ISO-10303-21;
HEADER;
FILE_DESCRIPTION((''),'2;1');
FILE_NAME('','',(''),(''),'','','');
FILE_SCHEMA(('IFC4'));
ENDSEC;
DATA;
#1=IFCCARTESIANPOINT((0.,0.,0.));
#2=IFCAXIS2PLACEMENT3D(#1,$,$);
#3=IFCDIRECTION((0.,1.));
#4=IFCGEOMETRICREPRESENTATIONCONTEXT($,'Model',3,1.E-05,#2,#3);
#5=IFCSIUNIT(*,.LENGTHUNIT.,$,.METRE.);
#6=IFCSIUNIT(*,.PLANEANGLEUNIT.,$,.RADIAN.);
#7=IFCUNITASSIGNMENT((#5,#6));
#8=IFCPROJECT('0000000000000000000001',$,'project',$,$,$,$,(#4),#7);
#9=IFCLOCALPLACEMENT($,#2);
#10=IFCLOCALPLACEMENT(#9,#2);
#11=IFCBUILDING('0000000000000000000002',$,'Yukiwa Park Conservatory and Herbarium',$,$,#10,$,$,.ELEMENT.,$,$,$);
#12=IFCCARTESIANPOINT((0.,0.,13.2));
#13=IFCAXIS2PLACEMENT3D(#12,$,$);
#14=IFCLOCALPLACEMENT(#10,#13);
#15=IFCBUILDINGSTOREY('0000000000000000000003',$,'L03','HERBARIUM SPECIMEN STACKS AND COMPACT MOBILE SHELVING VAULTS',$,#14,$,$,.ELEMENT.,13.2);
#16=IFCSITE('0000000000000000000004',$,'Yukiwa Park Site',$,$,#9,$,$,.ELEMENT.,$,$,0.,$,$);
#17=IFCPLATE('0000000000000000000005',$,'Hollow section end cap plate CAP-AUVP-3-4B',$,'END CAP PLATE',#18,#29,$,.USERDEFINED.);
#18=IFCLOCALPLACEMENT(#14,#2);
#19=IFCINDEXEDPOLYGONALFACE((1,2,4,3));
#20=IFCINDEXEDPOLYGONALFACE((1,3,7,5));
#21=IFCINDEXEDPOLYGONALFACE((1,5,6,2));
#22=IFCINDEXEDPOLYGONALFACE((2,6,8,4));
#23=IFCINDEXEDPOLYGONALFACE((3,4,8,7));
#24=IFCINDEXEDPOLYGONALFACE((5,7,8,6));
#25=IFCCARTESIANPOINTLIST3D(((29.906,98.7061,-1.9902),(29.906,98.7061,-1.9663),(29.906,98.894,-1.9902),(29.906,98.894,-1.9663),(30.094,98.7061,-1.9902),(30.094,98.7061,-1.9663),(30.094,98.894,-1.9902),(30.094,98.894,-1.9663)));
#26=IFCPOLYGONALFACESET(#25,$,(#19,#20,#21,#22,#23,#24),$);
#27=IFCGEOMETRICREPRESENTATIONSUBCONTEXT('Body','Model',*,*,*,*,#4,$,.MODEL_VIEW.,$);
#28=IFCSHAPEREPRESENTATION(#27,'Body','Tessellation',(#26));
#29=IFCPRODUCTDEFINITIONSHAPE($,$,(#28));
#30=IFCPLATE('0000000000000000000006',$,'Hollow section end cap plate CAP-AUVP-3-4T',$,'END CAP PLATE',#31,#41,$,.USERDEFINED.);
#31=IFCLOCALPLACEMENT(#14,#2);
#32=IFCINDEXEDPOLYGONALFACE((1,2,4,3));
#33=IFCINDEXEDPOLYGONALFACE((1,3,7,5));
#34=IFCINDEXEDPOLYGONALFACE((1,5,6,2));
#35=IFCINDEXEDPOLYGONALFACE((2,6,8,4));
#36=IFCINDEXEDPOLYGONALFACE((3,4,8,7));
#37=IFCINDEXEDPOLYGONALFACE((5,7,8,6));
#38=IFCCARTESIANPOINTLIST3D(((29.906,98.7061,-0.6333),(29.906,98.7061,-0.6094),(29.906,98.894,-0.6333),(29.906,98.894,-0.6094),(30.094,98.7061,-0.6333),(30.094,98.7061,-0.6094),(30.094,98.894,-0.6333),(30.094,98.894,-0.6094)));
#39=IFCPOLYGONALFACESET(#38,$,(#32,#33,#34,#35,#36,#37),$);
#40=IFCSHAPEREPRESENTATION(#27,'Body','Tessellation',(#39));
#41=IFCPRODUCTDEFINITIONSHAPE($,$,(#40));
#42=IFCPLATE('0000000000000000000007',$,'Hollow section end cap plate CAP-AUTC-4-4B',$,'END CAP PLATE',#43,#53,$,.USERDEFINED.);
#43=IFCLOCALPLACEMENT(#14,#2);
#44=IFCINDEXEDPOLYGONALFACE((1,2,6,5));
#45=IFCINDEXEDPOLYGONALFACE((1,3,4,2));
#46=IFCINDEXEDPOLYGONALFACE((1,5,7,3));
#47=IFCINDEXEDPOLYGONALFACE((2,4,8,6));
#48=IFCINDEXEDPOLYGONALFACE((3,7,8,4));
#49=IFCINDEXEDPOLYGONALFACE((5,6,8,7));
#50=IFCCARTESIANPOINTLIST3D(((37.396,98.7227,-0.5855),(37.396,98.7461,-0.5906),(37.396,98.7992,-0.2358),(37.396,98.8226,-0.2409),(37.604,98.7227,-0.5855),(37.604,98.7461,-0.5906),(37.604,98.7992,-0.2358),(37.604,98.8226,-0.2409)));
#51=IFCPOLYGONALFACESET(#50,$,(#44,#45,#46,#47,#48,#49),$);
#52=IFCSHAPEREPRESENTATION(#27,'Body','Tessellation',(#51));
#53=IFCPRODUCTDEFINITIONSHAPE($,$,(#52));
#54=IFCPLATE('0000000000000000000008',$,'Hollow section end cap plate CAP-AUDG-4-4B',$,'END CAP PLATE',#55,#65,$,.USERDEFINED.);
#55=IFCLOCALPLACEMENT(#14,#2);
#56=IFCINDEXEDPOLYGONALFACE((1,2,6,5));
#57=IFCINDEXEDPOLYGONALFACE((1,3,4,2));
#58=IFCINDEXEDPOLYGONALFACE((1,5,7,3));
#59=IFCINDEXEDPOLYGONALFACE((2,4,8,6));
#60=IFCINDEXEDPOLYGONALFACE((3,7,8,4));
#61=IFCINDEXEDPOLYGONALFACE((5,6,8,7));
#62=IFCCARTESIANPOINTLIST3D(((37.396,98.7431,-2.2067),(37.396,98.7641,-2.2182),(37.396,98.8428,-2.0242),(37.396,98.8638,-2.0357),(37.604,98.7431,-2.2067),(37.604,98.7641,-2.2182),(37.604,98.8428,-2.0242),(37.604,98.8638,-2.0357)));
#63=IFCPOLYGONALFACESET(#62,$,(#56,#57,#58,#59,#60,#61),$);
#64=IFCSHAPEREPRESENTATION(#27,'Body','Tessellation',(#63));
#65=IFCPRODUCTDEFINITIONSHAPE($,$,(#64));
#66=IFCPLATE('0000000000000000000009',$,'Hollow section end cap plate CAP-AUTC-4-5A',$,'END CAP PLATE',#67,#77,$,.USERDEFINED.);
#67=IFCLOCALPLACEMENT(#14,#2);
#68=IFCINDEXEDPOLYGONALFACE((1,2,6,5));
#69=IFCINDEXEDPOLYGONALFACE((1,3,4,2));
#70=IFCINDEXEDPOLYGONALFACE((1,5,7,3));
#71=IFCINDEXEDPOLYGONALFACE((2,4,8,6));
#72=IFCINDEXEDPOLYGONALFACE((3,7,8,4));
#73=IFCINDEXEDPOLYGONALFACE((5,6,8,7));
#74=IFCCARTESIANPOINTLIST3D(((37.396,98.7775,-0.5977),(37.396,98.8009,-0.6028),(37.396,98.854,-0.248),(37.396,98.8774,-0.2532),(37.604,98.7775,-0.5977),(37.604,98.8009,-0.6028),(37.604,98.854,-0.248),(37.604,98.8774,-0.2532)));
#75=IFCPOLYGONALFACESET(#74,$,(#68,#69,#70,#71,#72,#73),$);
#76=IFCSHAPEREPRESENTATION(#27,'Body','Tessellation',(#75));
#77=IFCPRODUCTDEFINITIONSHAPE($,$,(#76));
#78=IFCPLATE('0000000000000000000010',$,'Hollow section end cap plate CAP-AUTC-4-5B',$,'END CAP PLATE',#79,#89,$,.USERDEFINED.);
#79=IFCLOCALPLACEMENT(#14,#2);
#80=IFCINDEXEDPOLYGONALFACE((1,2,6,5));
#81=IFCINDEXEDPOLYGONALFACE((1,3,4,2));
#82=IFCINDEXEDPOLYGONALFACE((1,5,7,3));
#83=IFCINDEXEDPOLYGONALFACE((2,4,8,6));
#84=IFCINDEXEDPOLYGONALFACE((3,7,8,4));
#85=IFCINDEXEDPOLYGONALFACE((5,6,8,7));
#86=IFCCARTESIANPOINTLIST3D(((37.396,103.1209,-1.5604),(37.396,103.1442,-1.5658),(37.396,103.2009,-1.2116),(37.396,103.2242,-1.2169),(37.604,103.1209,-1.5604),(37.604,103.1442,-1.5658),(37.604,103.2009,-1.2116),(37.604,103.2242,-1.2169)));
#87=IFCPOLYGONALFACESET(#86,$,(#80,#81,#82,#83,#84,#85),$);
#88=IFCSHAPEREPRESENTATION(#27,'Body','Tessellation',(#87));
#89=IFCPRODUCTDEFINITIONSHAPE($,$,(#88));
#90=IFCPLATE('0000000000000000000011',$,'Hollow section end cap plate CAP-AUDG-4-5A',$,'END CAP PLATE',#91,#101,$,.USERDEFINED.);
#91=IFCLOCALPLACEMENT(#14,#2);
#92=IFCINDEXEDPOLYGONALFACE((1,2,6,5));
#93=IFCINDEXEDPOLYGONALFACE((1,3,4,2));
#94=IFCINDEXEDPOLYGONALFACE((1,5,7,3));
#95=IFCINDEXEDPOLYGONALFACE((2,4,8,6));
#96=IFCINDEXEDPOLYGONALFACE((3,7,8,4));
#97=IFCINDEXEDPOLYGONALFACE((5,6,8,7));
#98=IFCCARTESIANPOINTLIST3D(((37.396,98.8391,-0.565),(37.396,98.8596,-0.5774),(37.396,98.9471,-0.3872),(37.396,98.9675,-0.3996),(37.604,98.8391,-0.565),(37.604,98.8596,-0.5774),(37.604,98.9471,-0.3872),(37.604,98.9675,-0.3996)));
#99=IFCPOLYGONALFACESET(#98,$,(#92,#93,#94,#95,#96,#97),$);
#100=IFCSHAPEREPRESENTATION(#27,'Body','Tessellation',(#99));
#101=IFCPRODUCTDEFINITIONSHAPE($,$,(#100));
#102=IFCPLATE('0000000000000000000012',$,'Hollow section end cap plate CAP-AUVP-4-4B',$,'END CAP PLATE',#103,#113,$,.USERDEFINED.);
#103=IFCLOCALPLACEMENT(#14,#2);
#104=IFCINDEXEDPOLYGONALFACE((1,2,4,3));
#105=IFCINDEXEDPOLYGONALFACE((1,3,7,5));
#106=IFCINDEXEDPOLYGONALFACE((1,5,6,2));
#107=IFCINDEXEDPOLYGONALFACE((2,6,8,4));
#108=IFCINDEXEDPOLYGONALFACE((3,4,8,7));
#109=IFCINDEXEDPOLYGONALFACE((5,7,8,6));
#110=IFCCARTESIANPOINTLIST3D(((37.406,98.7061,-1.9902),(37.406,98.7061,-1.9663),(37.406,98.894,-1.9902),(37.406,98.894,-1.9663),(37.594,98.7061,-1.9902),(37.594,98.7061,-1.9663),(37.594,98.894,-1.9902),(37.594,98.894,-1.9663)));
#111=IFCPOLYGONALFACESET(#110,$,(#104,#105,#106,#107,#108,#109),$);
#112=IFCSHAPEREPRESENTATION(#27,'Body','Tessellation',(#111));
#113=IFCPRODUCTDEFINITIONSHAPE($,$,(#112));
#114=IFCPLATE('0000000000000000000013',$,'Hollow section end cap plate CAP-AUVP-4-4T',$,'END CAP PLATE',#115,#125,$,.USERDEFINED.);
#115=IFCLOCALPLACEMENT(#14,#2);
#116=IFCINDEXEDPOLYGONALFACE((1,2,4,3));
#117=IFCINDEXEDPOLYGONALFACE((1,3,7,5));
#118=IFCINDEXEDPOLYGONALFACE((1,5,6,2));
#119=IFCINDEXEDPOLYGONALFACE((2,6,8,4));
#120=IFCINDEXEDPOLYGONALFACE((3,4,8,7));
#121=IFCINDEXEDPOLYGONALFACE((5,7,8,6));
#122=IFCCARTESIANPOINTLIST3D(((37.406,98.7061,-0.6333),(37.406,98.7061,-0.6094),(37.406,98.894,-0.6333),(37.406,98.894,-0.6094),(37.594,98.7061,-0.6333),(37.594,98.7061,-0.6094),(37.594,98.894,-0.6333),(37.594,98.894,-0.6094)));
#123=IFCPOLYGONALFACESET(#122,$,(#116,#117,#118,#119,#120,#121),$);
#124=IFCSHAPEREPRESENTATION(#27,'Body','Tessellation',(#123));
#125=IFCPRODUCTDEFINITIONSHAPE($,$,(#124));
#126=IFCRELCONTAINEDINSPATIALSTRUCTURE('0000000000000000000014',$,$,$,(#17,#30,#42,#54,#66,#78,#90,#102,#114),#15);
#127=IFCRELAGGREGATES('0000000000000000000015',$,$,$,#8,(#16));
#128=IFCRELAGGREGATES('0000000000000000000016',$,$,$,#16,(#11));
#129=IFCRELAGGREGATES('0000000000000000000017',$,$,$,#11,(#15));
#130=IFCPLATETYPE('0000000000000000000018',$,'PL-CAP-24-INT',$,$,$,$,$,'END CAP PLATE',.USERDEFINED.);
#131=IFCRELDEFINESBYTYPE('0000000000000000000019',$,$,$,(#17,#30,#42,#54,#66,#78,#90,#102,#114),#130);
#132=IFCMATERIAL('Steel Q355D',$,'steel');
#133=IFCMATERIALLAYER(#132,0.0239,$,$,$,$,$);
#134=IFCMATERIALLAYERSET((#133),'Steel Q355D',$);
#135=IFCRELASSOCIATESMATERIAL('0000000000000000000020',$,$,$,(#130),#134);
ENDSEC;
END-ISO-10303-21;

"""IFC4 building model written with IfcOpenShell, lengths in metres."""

from ifc_helpers import new_model, si_unit, direction, frame, origin, origin_2d, place, context, subcontext, project, spatial, rectangle, extrude, material, layer, layer_set, type_object, element, save


model = new_model("IFC4")

# Units and contexts
model_context = context("Model", 3, precision=1e-05, world=origin(), true_north=direction((0.0, 1.0)))
body_context = subcontext(model_context, "Body", "Model", "MODEL_VIEW")
ifc_project = project(units=[si_unit("LENGTHUNIT", "METRE"), si_unit("PLANEANGLEUNIT", "RADIAN")], contexts=[model_context])

# Site, building, storey
site_placement = place(None, origin())
site = spatial("IfcSite", under=ifc_project, at=site_placement, Name="Yukiwa Park Site", CompositionType="ELEMENT", RefElevation=0.0)
building_placement = place(site_placement, origin())
building = spatial("IfcBuilding", under=site, at=building_placement, Name="Yukiwa Park Conservatory and Herbarium", CompositionType="ELEMENT")
storey_placement = place(building_placement, frame((0.0, 0.0, 13.2)))
storey = spatial("IfcBuildingStorey", under=building, at=storey_placement, Name="L03", Description="HERBARIUM SPECIMEN STACKS AND COMPACT MOBILE SHELVING VAULTS", CompositionType="ELEMENT", Elevation=13.2)

# Plates
ifc_material_1 = material(Name="Steel Q355D", Category="steel")
ifc_layer = layer(ifc_material_1, 0.0239)
ifc_layer_set = layer_set([ifc_layer], Name="Steel Q355D")
plate_type = type_object("IfcPlateType", Name="PL-CAP-24-INT", ElementType="END CAP PLATE", PredefinedType="USERDEFINED", material=ifc_layer_set)
for number, where, z_axis, x_axis, name in (
    (1, (30.0, 98.8, -1.9663), (0.0, 0.0, -1.0), (1.0, 0.0, 0.0), "Hollow section end cap plate CAP-AUVP-3-4B"),
    (2, (30.0, 98.8, -0.6333), (0.0, 0.0, 1.0), (1.0, 0.0, 0.0), "Hollow section end cap plate CAP-AUVP-3-4T"),
):
    element("IfcPlate", number, at=place(storey_placement, frame(where, z_axis=z_axis, x_axis=x_axis)), inside=storey, type_object=plate_type, Name=name, ObjectType="END CAP PLATE", PredefinedType="USERDEFINED", context=body_context, shape_type="SweptSolid", body=[
        extrude(rectangle(XDim=0.188, YDim=0.188, at=origin_2d()), origin(), (0.0, 0.0, 1.0), 0.0239),
    ])
plate_1_placement = place(storey_placement, frame((37.5, 98.761, -0.4106), z_axis=(0.0, 0.9769, -0.213697), x_axis=(-1.0, 0.0, 0.0)))
element("IfcPlate", 3, at=plate_1_placement, inside=storey, type_object=plate_type, Name="Hollow section end cap plate CAP-AUTC-4-4B", ObjectType="END CAP PLATE", PredefinedType="USERDEFINED", context=body_context, shape_type="SweptSolid", body=[
    extrude(rectangle(XDim=0.208, YDim=0.3579, at=origin_2d()), origin(), (0.0, 0.0, 1.0), 0.0239),
])
plate_2_placement = place(storey_placement, frame((37.5, 98.793, -2.1155), z_axis=(0.0, 0.877505, -0.479567), x_axis=(-1.0, 0.0, 0.0)))
element("IfcPlate", 4, at=plate_2_placement, inside=storey, type_object=plate_type, Name="Hollow section end cap plate CAP-AUDG-4-4B", ObjectType="END CAP PLATE", PredefinedType="USERDEFINED", context=body_context, shape_type="SweptSolid", body=[
    extrude(rectangle(XDim=0.208, YDim=0.208, at=origin_2d()), origin(), (0.0, 0.0, 1.0), 0.0239),
])
for number, where, z_axis, x_axis, name in (
    (5, (37.5, 98.8391, -0.428), (0.0, -0.9769, 0.213697), (1.0, 0.0, 0.0), "Hollow section end cap plate CAP-AUTC-4-5A"),
    (6, (37.5, 103.1609, -1.386), (0.0, 0.974732, -0.223376), (-1.0, 0.0, 0.0), "Hollow section end cap plate CAP-AUTC-4-5B"),
):
    element("IfcPlate", number, at=place(storey_placement, frame(where, z_axis=z_axis, x_axis=x_axis)), inside=storey, type_object=plate_type, Name=name, ObjectType="END CAP PLATE", PredefinedType="USERDEFINED", context=body_context, shape_type="SweptSolid", body=[
        extrude(rectangle(XDim=0.208, YDim=0.3579, at=origin_2d()), origin(), (0.0, 0.0, 1.0), 0.0239),
    ])
plate_3_placement = place(storey_placement, frame((37.5, 98.9136, -0.4885), z_axis=(0.0, -0.854788, 0.518978), x_axis=(1.0, 0.0, 0.0)))
element("IfcPlate", 7, at=plate_3_placement, inside=storey, type_object=plate_type, Name="Hollow section end cap plate CAP-AUDG-4-5A", ObjectType="END CAP PLATE", PredefinedType="USERDEFINED", context=body_context, shape_type="SweptSolid", body=[
    extrude(rectangle(XDim=0.208, YDim=0.208, at=origin_2d()), origin(), (0.0, 0.0, 1.0), 0.0239),
])
for number, where, z_axis, x_axis, name in (
    (8, (37.5, 98.8, -1.9663), (0.0, 0.0, -1.0), (1.0, 0.0, 0.0), "Hollow section end cap plate CAP-AUVP-4-4B"),
    (9, (37.5, 98.8, -0.6333), (0.0, 0.0, 1.0), (1.0, 0.0, 0.0), "Hollow section end cap plate CAP-AUVP-4-4T"),
):
    element("IfcPlate", number, at=place(storey_placement, frame(where, z_axis=z_axis, x_axis=x_axis)), inside=storey, type_object=plate_type, Name=name, ObjectType="END CAP PLATE", PredefinedType="USERDEFINED", context=body_context, shape_type="SweptSolid", body=[
        extrude(rectangle(XDim=0.188, YDim=0.188, at=origin_2d()), origin(), (0.0, 0.0, 1.0), 0.0239),
    ])

save(model, "model.ifc")
